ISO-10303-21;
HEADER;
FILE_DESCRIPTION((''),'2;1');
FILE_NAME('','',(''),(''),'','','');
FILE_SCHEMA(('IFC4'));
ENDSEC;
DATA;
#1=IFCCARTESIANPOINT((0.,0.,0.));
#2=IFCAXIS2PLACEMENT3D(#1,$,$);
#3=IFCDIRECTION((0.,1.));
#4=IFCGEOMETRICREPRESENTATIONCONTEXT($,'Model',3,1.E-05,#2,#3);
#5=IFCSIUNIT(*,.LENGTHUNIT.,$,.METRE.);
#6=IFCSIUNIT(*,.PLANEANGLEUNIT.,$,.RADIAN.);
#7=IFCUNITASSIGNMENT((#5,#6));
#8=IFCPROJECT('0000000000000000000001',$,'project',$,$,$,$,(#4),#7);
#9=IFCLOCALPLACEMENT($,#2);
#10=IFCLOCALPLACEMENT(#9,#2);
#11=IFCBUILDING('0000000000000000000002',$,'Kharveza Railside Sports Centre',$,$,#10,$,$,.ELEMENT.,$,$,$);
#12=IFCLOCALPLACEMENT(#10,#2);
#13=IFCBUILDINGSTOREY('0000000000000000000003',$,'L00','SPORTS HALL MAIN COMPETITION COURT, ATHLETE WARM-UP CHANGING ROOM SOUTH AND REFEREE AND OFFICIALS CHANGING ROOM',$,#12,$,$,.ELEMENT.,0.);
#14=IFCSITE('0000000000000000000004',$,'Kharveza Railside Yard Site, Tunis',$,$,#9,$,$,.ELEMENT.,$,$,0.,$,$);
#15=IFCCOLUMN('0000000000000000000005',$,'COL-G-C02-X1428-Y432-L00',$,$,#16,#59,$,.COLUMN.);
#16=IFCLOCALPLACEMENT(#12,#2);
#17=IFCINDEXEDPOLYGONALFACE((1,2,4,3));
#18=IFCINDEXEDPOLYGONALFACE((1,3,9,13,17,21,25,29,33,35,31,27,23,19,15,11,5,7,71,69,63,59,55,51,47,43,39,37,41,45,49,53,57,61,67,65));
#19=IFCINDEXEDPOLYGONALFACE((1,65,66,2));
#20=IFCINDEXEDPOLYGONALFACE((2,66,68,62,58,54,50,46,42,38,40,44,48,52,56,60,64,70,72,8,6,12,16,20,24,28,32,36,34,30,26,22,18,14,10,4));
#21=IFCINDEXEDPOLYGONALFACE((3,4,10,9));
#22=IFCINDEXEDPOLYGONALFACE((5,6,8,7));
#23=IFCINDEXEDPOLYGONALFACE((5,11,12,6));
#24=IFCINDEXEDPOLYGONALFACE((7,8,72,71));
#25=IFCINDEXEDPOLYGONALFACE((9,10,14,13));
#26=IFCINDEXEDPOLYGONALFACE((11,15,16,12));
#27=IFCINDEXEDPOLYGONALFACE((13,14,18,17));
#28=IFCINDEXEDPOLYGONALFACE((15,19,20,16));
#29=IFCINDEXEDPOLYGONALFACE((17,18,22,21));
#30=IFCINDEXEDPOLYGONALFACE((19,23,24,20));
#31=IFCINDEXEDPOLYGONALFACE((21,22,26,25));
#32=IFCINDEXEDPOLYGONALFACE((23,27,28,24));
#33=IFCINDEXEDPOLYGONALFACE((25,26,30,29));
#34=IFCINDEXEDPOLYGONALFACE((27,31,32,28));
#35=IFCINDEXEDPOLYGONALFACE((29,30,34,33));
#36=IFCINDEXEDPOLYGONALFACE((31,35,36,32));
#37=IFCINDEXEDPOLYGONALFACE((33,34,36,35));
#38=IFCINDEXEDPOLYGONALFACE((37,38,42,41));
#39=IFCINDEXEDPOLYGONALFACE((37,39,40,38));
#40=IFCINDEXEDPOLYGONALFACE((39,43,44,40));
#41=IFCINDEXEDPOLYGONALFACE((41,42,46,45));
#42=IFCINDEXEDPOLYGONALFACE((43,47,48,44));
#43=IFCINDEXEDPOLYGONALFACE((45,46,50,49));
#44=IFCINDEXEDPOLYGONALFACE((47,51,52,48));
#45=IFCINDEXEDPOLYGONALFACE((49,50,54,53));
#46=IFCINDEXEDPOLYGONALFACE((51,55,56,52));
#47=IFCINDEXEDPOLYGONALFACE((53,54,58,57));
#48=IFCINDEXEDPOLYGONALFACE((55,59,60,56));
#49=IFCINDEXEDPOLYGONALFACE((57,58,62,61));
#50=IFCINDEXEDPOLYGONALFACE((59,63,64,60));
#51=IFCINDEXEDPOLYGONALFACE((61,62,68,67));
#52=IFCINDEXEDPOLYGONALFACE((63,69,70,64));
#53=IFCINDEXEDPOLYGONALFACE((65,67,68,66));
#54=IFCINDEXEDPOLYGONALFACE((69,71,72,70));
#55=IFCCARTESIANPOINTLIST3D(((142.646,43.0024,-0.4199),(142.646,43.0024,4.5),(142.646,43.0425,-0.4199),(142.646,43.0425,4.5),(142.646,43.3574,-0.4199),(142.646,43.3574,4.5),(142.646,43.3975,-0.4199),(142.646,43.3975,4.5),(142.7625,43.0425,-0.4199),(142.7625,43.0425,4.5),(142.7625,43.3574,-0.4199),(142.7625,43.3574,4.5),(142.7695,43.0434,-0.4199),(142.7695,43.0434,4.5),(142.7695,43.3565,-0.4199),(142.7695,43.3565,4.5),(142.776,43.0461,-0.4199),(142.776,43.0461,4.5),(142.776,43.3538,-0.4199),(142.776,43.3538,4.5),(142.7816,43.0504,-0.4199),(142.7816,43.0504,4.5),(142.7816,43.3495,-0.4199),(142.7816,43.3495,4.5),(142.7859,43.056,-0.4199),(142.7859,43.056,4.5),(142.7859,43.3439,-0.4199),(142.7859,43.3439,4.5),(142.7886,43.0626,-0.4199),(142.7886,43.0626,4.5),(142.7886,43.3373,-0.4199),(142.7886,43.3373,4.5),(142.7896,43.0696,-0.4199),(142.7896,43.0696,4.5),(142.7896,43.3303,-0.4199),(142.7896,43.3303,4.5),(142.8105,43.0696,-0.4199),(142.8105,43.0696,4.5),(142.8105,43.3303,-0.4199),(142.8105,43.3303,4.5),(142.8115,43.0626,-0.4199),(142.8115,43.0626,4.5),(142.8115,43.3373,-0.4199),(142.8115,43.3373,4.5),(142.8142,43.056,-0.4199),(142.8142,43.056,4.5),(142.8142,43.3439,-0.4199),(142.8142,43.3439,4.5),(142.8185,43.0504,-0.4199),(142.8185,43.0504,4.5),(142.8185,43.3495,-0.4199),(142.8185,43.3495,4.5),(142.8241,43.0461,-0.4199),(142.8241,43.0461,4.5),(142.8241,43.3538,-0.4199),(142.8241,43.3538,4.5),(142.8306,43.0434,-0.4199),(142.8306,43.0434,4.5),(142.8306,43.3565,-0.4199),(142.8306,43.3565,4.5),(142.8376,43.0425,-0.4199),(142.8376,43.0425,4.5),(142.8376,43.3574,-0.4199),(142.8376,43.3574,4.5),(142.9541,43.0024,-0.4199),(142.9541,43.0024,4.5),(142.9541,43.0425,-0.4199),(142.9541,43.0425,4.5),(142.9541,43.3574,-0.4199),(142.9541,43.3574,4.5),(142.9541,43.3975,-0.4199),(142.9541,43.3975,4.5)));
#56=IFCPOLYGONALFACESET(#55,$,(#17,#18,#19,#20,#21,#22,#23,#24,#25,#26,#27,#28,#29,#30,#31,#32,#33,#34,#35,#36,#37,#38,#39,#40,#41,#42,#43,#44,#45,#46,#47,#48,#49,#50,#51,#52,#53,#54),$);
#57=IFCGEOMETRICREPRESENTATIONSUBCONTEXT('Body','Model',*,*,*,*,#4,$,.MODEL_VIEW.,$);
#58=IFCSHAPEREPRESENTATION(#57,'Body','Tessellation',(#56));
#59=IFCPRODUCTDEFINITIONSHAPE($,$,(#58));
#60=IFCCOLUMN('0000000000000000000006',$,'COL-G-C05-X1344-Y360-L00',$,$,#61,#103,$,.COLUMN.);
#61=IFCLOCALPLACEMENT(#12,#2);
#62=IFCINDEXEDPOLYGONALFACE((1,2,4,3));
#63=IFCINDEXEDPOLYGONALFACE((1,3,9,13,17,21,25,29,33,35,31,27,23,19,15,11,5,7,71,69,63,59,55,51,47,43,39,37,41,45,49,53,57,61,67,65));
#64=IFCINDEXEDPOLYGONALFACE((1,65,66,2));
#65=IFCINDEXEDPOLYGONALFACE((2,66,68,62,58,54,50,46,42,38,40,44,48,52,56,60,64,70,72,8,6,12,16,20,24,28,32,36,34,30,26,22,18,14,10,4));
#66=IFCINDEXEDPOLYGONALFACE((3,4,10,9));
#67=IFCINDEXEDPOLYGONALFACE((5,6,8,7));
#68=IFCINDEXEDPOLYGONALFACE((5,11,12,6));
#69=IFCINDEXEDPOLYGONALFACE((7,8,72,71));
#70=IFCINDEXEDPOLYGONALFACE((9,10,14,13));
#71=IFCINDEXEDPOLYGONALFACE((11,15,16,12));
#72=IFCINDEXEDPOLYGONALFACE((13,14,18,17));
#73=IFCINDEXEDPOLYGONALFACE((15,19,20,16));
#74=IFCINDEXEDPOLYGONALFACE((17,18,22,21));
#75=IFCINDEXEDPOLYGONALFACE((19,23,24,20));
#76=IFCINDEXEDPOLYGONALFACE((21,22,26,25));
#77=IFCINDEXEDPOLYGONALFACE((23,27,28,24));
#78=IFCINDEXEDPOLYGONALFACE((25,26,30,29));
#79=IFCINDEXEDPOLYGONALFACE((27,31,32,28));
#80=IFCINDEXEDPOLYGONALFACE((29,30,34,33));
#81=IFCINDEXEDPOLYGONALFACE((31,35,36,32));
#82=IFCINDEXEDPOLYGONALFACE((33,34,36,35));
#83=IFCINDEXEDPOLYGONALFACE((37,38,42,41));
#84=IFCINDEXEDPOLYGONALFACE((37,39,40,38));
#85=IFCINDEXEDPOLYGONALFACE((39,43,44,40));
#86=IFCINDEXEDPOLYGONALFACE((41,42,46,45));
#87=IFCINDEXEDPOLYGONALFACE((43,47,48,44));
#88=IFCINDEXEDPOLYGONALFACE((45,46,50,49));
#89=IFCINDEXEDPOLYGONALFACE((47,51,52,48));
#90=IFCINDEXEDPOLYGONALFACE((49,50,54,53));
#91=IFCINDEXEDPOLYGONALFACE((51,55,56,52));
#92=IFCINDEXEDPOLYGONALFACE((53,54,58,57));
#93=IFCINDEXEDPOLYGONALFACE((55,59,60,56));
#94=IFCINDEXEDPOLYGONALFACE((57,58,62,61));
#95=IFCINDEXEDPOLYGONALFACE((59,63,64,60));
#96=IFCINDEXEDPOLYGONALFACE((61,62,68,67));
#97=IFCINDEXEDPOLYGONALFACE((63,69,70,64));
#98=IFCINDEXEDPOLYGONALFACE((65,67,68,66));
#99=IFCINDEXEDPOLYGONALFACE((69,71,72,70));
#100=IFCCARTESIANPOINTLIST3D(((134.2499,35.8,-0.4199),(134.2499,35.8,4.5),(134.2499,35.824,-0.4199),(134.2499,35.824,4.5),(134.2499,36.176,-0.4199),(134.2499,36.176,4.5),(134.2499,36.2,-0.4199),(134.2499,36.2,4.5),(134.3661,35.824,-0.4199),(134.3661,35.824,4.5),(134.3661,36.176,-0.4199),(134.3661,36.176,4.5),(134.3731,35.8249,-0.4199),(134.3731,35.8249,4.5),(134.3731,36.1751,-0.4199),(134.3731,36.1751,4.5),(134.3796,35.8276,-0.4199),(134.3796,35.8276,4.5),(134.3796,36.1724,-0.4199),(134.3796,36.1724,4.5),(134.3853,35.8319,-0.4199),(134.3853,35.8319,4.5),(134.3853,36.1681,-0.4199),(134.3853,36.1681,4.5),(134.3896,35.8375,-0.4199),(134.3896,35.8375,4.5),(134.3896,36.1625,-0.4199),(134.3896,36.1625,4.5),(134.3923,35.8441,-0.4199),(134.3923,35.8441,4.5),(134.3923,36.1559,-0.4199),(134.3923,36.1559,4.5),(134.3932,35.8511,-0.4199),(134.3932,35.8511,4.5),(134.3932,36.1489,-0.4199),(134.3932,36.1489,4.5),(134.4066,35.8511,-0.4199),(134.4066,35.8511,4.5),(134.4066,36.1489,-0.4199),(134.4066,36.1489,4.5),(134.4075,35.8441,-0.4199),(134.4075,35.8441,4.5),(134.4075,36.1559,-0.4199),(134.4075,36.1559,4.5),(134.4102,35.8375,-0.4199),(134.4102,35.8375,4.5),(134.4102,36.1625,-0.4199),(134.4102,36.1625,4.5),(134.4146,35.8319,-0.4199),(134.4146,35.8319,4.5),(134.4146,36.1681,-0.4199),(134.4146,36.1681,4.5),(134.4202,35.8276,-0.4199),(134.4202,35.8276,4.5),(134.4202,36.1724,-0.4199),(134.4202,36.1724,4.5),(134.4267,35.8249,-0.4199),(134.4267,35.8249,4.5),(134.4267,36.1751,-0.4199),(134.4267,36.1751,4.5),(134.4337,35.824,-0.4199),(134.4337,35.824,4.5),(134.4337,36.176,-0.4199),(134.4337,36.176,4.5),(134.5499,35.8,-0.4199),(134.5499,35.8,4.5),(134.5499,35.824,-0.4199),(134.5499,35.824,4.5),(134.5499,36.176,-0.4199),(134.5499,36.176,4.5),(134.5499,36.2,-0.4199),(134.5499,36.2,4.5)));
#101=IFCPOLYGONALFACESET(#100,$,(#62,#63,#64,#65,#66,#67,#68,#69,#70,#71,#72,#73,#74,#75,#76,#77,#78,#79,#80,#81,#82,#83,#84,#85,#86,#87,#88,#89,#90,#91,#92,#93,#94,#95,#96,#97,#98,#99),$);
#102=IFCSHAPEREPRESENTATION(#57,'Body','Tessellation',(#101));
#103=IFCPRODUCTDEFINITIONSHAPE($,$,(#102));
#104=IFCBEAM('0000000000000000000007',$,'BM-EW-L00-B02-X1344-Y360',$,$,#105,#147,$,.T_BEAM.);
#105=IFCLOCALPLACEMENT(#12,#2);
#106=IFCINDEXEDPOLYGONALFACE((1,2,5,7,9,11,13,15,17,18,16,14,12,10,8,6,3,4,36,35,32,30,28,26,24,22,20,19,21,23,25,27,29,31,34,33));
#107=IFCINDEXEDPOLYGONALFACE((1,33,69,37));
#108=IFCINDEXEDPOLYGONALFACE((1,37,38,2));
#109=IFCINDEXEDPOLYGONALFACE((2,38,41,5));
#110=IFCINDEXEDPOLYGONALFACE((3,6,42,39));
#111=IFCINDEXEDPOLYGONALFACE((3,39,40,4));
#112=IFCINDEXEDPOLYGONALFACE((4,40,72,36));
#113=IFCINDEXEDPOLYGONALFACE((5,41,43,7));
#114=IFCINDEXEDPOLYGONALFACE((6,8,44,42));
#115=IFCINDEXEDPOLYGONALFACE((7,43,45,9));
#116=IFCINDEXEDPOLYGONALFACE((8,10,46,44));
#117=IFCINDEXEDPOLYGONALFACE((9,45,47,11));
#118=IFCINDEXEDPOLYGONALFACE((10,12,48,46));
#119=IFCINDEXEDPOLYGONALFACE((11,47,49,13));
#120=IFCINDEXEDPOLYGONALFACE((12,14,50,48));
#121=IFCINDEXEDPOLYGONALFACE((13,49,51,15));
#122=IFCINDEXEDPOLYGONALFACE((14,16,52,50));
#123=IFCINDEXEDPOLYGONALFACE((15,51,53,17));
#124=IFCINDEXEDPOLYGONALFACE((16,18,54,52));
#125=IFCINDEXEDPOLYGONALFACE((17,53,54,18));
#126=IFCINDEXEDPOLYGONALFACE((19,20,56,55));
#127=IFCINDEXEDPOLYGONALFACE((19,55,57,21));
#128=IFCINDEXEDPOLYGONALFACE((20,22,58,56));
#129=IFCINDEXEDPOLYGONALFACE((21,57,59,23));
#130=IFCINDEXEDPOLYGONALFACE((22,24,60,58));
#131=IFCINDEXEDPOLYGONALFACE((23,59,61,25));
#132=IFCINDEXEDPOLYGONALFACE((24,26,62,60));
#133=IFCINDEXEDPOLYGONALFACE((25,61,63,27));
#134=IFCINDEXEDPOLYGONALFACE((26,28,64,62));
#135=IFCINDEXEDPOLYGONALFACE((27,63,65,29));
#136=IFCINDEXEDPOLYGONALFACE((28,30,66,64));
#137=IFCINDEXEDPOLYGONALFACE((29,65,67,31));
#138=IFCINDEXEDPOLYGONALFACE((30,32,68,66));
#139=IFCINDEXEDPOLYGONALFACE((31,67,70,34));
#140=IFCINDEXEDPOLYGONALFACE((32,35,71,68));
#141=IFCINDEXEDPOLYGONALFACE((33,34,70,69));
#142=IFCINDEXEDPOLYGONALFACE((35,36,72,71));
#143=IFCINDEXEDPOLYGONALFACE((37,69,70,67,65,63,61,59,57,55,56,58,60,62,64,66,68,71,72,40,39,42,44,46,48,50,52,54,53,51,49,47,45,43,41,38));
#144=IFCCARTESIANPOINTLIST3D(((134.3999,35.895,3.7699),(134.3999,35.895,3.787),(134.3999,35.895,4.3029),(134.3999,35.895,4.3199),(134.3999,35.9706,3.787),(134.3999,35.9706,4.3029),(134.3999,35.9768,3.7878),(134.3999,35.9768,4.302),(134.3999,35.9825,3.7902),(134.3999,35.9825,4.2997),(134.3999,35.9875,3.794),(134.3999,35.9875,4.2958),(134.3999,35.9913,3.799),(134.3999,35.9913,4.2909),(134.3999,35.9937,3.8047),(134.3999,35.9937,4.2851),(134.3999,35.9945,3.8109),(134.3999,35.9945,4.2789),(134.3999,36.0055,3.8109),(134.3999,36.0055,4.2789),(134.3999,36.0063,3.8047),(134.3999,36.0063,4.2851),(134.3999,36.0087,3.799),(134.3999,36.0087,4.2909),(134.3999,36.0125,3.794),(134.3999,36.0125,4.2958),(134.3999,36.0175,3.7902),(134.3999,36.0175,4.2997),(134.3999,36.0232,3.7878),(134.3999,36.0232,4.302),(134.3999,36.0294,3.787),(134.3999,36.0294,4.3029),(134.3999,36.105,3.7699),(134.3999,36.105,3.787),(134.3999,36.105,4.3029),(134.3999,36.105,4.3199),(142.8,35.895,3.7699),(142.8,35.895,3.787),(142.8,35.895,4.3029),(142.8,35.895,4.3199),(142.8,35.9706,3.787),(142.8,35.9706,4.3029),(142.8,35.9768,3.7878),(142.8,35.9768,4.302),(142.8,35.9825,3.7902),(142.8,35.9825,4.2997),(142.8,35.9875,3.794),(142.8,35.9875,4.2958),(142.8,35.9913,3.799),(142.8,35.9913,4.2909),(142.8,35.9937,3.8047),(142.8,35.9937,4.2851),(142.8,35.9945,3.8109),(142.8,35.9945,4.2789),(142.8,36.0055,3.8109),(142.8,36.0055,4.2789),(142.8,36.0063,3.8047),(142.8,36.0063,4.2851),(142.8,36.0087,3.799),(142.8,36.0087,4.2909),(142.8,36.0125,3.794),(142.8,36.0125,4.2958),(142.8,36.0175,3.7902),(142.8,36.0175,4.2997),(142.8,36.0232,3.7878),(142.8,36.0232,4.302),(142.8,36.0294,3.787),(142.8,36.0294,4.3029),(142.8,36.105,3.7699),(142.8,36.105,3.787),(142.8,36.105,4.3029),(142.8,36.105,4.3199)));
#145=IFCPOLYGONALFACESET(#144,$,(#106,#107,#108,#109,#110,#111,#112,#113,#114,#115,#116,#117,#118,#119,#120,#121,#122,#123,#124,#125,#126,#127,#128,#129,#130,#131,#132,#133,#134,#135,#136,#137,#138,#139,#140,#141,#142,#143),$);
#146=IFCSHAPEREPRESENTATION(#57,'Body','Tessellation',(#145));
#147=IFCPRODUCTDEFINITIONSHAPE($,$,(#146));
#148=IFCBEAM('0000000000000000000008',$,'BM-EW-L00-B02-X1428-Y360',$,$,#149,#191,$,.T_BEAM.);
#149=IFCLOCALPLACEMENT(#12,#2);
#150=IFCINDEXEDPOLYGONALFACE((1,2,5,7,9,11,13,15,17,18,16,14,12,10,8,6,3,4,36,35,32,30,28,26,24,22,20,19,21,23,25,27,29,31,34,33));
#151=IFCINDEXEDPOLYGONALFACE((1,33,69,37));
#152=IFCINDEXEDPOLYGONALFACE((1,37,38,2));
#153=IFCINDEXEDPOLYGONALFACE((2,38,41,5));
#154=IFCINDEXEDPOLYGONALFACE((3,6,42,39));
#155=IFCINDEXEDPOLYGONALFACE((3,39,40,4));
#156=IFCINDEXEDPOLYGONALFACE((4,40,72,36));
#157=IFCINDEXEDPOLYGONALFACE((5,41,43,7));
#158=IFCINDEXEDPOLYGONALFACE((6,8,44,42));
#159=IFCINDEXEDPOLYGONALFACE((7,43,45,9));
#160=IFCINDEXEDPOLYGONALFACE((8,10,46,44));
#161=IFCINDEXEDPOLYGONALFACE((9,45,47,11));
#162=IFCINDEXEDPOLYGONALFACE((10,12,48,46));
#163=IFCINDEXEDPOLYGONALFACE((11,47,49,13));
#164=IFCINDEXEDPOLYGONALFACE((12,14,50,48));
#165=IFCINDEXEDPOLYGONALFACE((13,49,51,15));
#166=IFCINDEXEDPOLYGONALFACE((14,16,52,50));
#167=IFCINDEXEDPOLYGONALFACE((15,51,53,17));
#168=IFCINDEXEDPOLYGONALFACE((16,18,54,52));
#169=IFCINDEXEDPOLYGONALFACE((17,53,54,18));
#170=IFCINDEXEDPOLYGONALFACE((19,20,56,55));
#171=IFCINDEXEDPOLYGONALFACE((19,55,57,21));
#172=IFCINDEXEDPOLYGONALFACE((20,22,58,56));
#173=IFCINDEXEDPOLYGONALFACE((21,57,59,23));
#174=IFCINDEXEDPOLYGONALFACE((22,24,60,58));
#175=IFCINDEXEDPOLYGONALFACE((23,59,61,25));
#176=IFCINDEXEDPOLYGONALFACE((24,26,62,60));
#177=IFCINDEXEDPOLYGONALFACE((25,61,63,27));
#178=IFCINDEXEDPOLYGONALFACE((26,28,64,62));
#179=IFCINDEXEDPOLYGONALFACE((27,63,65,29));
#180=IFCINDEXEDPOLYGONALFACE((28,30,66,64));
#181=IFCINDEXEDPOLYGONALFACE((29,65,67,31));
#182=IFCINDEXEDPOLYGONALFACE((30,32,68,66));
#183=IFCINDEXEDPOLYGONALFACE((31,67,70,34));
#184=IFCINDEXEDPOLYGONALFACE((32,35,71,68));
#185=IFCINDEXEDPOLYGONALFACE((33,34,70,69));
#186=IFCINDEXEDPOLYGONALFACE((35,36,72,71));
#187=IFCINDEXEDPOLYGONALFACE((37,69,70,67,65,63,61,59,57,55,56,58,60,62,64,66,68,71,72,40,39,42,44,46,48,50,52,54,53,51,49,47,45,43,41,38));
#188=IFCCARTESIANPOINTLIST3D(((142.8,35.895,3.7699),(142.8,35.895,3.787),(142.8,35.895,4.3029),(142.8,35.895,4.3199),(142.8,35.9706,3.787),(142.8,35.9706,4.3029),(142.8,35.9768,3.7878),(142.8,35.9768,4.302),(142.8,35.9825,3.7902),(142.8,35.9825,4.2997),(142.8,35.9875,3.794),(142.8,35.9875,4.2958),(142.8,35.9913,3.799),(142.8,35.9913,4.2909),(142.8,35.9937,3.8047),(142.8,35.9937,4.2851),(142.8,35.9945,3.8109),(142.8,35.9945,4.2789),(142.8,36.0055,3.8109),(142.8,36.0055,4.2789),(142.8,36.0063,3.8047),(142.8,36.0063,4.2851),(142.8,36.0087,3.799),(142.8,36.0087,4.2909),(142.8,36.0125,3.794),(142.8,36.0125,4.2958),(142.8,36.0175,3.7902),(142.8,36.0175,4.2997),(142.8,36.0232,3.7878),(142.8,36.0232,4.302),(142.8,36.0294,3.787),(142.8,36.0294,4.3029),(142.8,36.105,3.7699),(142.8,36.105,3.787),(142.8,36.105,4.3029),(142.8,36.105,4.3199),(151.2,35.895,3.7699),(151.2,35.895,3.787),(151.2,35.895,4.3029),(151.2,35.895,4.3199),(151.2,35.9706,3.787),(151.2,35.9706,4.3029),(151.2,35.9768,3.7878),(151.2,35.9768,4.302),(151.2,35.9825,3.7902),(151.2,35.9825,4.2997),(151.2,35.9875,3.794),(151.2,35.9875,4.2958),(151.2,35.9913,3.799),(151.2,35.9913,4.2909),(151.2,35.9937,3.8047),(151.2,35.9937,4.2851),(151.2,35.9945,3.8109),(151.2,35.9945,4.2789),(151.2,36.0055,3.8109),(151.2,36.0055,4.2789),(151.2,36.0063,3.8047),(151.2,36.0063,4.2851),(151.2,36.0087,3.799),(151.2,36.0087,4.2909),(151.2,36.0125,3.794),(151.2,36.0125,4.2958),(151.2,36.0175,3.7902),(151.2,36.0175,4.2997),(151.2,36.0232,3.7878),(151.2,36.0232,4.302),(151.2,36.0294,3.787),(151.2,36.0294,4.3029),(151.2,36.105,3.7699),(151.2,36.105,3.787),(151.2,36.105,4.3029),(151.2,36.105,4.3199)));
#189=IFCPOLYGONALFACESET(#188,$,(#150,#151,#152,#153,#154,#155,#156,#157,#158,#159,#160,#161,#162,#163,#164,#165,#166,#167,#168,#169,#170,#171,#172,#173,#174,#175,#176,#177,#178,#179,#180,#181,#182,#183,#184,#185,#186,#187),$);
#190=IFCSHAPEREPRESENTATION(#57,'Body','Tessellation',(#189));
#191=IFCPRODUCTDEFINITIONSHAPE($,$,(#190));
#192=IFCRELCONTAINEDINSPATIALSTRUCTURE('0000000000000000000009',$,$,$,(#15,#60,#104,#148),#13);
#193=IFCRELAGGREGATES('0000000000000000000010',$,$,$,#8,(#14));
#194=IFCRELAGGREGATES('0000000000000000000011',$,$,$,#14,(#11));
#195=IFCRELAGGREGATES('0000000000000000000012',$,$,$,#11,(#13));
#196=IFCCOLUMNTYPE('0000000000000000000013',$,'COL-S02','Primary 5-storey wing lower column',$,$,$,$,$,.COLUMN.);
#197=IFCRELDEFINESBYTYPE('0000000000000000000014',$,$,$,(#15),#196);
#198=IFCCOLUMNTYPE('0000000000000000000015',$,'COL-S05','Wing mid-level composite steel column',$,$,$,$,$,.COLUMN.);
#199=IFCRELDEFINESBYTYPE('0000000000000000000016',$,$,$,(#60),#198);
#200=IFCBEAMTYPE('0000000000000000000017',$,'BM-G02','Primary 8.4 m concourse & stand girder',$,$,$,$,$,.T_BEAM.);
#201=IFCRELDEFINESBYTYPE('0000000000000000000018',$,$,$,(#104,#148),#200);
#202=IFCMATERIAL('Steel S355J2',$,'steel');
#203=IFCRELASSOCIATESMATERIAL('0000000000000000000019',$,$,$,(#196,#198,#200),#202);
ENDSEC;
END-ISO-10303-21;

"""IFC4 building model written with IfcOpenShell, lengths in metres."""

from ifc_helpers import new_model, si_unit, direction, frame, origin, origin_2d, place, context, subcontext, project, spatial, i_section, extrude, material, material_profile, profile_set, type_object, element, save


model = new_model("IFC4")

# Units and contexts
model_context = context("Model", 3, precision=1e-05, world=origin(), true_north=direction((0.0, 1.0)))
body_context = subcontext(model_context, "Body", "Model", "MODEL_VIEW")
ifc_project = project(units=[si_unit("LENGTHUNIT", "METRE"), si_unit("PLANEANGLEUNIT", "RADIAN")], contexts=[model_context])

# Site, building, storey
site_placement = place(None, origin())
site = spatial("IfcSite", under=ifc_project, at=site_placement, Name="Kharveza Railside Yard Site, Tunis", CompositionType="ELEMENT", RefElevation=0.0)
building_placement = place(site_placement, origin())
building = spatial("IfcBuilding", under=site, at=building_placement, Name="Kharveza Railside Sports Centre", CompositionType="ELEMENT")
storey_placement = place(building_placement, origin())
storey = spatial("IfcBuildingStorey", under=building, at=storey_placement, Name="L00", Description="SPORTS HALL MAIN COMPETITION COURT, ATHLETE WARM-UP CHANGING ROOM SOUTH AND REFEREE AND OFFICIALS CHANGING ROOM", CompositionType="ELEMENT", Elevation=0.0)

# Columns
ifc_material_1 = material(Name="Steel S355J2", Category="steel")
ifc_material_profile_1 = material_profile(ifc_material_1, i_section(OverallWidth=0.3081, OverallDepth=0.395, WebThickness=0.021, FlangeThickness=0.04, FilletRadius=0.0271, at=origin_2d()), Name="HEM 360")
ifc_profile_set_1 = profile_set([ifc_material_profile_1], Name="Steel S355J2")
column_type_1 = type_object("IfcColumnType", Name="COL-S02", Description="Primary 5-storey wing lower column", PredefinedType="COLUMN", material=ifc_profile_set_1)
for number, where, z_axis, x_axis, name in (
    (1, (142.8, 43.2, -0.4199), (0.0, 0.0, 1.0), (1.0, 0.0, 0.0), "COL-G-C02-X1428-Y432-L00"),
):
    element("IfcColumn", number, at=place(storey_placement, frame(where, z_axis=z_axis, x_axis=x_axis)), inside=storey, type_object=column_type_1, Name=name, PredefinedType="COLUMN", context=body_context, shape_type="SweptSolid", body=[
        extrude(i_section(OverallWidth=0.3081, OverallDepth=0.395, WebThickness=0.021, FlangeThickness=0.04, FilletRadius=0.0271, at=origin_2d()), origin(), (0.0, 0.0, 1.0), 4.9199),
    ])
ifc_material_profile_2 = material_profile(ifc_material_1, i_section(OverallWidth=0.3, OverallDepth=0.3999, WebThickness=0.0134, FlangeThickness=0.0239, FilletRadius=0.0271, at=origin_2d()), Name="HEB 400")
ifc_profile_set_2 = profile_set([ifc_material_profile_2], Name="Steel S355J2")
column_type_2 = type_object("IfcColumnType", Name="COL-S05", Description="Wing mid-level composite steel column", PredefinedType="COLUMN", material=ifc_profile_set_2)
column_placement = place(storey_placement, frame((134.3999, 36.0, -0.4199), z_axis=(0.0, 0.0, 1.0), x_axis=(1.0, 0.0, 0.0)))
element("IfcColumn", 2, at=column_placement, inside=storey, type_object=column_type_2, Name="COL-G-C05-X1344-Y360-L00", PredefinedType="COLUMN", context=body_context, shape_type="SweptSolid", body=[
    extrude(i_section(OverallWidth=0.3, OverallDepth=0.3999, WebThickness=0.0134, FlangeThickness=0.0239, FilletRadius=0.0271, at=origin_2d()), origin(), (0.0, 0.0, 1.0), 4.9199),
])

# Beams
ifc_material_profile_3 = material_profile(ifc_material_1, i_section(OverallWidth=0.21, OverallDepth=0.55, WebThickness=0.011, FlangeThickness=0.0171, FilletRadius=0.0239, at=origin_2d()), Name="IPE 550")
ifc_profile_set_3 = profile_set([ifc_material_profile_3], Name="Steel S355J2")
beam_type_1 = type_object("IfcBeamType", Name="BM-G02", Description="Primary 8.4 m concourse & stand girder", PredefinedType="T_BEAM", material=ifc_profile_set_3)
beam_1_placement = place(storey_placement, frame((134.3999, 36.0, 4.0449), z_axis=(1.0, 0.0, 0.0), x_axis=(0.0, 1.0, 0.0)))
element("IfcBeam", 3, at=beam_1_placement, inside=storey, type_object=beam_type_1, Name="BM-EW-L00-B02-X1344-Y360", PredefinedType="T_BEAM", context=body_context, shape_type="SweptSolid", body=[
    extrude(i_section(OverallWidth=0.21, OverallDepth=0.55, WebThickness=0.011, FlangeThickness=0.0171, FilletRadius=0.0239, at=origin_2d()), origin(), (0.0, 0.0, 1.0), 8.4001),
])
beam_2_placement = place(storey_placement, frame((142.8, 36.0, 4.0449), z_axis=(1.0, 0.0, 0.0), x_axis=(0.0, 1.0, 0.0)))
element("IfcBeam", 4, at=beam_2_placement, inside=storey, type_object=beam_type_1, Name="BM-EW-L00-B02-X1428-Y360", PredefinedType="T_BEAM", context=body_context, shape_type="SweptSolid", body=[
    extrude(i_section(OverallWidth=0.21, OverallDepth=0.55, WebThickness=0.011, FlangeThickness=0.0171, FilletRadius=0.0239, at=origin_2d()), origin(), (0.0, 0.0, 1.0), 8.3999),
])

save(model, "model.ifc")
